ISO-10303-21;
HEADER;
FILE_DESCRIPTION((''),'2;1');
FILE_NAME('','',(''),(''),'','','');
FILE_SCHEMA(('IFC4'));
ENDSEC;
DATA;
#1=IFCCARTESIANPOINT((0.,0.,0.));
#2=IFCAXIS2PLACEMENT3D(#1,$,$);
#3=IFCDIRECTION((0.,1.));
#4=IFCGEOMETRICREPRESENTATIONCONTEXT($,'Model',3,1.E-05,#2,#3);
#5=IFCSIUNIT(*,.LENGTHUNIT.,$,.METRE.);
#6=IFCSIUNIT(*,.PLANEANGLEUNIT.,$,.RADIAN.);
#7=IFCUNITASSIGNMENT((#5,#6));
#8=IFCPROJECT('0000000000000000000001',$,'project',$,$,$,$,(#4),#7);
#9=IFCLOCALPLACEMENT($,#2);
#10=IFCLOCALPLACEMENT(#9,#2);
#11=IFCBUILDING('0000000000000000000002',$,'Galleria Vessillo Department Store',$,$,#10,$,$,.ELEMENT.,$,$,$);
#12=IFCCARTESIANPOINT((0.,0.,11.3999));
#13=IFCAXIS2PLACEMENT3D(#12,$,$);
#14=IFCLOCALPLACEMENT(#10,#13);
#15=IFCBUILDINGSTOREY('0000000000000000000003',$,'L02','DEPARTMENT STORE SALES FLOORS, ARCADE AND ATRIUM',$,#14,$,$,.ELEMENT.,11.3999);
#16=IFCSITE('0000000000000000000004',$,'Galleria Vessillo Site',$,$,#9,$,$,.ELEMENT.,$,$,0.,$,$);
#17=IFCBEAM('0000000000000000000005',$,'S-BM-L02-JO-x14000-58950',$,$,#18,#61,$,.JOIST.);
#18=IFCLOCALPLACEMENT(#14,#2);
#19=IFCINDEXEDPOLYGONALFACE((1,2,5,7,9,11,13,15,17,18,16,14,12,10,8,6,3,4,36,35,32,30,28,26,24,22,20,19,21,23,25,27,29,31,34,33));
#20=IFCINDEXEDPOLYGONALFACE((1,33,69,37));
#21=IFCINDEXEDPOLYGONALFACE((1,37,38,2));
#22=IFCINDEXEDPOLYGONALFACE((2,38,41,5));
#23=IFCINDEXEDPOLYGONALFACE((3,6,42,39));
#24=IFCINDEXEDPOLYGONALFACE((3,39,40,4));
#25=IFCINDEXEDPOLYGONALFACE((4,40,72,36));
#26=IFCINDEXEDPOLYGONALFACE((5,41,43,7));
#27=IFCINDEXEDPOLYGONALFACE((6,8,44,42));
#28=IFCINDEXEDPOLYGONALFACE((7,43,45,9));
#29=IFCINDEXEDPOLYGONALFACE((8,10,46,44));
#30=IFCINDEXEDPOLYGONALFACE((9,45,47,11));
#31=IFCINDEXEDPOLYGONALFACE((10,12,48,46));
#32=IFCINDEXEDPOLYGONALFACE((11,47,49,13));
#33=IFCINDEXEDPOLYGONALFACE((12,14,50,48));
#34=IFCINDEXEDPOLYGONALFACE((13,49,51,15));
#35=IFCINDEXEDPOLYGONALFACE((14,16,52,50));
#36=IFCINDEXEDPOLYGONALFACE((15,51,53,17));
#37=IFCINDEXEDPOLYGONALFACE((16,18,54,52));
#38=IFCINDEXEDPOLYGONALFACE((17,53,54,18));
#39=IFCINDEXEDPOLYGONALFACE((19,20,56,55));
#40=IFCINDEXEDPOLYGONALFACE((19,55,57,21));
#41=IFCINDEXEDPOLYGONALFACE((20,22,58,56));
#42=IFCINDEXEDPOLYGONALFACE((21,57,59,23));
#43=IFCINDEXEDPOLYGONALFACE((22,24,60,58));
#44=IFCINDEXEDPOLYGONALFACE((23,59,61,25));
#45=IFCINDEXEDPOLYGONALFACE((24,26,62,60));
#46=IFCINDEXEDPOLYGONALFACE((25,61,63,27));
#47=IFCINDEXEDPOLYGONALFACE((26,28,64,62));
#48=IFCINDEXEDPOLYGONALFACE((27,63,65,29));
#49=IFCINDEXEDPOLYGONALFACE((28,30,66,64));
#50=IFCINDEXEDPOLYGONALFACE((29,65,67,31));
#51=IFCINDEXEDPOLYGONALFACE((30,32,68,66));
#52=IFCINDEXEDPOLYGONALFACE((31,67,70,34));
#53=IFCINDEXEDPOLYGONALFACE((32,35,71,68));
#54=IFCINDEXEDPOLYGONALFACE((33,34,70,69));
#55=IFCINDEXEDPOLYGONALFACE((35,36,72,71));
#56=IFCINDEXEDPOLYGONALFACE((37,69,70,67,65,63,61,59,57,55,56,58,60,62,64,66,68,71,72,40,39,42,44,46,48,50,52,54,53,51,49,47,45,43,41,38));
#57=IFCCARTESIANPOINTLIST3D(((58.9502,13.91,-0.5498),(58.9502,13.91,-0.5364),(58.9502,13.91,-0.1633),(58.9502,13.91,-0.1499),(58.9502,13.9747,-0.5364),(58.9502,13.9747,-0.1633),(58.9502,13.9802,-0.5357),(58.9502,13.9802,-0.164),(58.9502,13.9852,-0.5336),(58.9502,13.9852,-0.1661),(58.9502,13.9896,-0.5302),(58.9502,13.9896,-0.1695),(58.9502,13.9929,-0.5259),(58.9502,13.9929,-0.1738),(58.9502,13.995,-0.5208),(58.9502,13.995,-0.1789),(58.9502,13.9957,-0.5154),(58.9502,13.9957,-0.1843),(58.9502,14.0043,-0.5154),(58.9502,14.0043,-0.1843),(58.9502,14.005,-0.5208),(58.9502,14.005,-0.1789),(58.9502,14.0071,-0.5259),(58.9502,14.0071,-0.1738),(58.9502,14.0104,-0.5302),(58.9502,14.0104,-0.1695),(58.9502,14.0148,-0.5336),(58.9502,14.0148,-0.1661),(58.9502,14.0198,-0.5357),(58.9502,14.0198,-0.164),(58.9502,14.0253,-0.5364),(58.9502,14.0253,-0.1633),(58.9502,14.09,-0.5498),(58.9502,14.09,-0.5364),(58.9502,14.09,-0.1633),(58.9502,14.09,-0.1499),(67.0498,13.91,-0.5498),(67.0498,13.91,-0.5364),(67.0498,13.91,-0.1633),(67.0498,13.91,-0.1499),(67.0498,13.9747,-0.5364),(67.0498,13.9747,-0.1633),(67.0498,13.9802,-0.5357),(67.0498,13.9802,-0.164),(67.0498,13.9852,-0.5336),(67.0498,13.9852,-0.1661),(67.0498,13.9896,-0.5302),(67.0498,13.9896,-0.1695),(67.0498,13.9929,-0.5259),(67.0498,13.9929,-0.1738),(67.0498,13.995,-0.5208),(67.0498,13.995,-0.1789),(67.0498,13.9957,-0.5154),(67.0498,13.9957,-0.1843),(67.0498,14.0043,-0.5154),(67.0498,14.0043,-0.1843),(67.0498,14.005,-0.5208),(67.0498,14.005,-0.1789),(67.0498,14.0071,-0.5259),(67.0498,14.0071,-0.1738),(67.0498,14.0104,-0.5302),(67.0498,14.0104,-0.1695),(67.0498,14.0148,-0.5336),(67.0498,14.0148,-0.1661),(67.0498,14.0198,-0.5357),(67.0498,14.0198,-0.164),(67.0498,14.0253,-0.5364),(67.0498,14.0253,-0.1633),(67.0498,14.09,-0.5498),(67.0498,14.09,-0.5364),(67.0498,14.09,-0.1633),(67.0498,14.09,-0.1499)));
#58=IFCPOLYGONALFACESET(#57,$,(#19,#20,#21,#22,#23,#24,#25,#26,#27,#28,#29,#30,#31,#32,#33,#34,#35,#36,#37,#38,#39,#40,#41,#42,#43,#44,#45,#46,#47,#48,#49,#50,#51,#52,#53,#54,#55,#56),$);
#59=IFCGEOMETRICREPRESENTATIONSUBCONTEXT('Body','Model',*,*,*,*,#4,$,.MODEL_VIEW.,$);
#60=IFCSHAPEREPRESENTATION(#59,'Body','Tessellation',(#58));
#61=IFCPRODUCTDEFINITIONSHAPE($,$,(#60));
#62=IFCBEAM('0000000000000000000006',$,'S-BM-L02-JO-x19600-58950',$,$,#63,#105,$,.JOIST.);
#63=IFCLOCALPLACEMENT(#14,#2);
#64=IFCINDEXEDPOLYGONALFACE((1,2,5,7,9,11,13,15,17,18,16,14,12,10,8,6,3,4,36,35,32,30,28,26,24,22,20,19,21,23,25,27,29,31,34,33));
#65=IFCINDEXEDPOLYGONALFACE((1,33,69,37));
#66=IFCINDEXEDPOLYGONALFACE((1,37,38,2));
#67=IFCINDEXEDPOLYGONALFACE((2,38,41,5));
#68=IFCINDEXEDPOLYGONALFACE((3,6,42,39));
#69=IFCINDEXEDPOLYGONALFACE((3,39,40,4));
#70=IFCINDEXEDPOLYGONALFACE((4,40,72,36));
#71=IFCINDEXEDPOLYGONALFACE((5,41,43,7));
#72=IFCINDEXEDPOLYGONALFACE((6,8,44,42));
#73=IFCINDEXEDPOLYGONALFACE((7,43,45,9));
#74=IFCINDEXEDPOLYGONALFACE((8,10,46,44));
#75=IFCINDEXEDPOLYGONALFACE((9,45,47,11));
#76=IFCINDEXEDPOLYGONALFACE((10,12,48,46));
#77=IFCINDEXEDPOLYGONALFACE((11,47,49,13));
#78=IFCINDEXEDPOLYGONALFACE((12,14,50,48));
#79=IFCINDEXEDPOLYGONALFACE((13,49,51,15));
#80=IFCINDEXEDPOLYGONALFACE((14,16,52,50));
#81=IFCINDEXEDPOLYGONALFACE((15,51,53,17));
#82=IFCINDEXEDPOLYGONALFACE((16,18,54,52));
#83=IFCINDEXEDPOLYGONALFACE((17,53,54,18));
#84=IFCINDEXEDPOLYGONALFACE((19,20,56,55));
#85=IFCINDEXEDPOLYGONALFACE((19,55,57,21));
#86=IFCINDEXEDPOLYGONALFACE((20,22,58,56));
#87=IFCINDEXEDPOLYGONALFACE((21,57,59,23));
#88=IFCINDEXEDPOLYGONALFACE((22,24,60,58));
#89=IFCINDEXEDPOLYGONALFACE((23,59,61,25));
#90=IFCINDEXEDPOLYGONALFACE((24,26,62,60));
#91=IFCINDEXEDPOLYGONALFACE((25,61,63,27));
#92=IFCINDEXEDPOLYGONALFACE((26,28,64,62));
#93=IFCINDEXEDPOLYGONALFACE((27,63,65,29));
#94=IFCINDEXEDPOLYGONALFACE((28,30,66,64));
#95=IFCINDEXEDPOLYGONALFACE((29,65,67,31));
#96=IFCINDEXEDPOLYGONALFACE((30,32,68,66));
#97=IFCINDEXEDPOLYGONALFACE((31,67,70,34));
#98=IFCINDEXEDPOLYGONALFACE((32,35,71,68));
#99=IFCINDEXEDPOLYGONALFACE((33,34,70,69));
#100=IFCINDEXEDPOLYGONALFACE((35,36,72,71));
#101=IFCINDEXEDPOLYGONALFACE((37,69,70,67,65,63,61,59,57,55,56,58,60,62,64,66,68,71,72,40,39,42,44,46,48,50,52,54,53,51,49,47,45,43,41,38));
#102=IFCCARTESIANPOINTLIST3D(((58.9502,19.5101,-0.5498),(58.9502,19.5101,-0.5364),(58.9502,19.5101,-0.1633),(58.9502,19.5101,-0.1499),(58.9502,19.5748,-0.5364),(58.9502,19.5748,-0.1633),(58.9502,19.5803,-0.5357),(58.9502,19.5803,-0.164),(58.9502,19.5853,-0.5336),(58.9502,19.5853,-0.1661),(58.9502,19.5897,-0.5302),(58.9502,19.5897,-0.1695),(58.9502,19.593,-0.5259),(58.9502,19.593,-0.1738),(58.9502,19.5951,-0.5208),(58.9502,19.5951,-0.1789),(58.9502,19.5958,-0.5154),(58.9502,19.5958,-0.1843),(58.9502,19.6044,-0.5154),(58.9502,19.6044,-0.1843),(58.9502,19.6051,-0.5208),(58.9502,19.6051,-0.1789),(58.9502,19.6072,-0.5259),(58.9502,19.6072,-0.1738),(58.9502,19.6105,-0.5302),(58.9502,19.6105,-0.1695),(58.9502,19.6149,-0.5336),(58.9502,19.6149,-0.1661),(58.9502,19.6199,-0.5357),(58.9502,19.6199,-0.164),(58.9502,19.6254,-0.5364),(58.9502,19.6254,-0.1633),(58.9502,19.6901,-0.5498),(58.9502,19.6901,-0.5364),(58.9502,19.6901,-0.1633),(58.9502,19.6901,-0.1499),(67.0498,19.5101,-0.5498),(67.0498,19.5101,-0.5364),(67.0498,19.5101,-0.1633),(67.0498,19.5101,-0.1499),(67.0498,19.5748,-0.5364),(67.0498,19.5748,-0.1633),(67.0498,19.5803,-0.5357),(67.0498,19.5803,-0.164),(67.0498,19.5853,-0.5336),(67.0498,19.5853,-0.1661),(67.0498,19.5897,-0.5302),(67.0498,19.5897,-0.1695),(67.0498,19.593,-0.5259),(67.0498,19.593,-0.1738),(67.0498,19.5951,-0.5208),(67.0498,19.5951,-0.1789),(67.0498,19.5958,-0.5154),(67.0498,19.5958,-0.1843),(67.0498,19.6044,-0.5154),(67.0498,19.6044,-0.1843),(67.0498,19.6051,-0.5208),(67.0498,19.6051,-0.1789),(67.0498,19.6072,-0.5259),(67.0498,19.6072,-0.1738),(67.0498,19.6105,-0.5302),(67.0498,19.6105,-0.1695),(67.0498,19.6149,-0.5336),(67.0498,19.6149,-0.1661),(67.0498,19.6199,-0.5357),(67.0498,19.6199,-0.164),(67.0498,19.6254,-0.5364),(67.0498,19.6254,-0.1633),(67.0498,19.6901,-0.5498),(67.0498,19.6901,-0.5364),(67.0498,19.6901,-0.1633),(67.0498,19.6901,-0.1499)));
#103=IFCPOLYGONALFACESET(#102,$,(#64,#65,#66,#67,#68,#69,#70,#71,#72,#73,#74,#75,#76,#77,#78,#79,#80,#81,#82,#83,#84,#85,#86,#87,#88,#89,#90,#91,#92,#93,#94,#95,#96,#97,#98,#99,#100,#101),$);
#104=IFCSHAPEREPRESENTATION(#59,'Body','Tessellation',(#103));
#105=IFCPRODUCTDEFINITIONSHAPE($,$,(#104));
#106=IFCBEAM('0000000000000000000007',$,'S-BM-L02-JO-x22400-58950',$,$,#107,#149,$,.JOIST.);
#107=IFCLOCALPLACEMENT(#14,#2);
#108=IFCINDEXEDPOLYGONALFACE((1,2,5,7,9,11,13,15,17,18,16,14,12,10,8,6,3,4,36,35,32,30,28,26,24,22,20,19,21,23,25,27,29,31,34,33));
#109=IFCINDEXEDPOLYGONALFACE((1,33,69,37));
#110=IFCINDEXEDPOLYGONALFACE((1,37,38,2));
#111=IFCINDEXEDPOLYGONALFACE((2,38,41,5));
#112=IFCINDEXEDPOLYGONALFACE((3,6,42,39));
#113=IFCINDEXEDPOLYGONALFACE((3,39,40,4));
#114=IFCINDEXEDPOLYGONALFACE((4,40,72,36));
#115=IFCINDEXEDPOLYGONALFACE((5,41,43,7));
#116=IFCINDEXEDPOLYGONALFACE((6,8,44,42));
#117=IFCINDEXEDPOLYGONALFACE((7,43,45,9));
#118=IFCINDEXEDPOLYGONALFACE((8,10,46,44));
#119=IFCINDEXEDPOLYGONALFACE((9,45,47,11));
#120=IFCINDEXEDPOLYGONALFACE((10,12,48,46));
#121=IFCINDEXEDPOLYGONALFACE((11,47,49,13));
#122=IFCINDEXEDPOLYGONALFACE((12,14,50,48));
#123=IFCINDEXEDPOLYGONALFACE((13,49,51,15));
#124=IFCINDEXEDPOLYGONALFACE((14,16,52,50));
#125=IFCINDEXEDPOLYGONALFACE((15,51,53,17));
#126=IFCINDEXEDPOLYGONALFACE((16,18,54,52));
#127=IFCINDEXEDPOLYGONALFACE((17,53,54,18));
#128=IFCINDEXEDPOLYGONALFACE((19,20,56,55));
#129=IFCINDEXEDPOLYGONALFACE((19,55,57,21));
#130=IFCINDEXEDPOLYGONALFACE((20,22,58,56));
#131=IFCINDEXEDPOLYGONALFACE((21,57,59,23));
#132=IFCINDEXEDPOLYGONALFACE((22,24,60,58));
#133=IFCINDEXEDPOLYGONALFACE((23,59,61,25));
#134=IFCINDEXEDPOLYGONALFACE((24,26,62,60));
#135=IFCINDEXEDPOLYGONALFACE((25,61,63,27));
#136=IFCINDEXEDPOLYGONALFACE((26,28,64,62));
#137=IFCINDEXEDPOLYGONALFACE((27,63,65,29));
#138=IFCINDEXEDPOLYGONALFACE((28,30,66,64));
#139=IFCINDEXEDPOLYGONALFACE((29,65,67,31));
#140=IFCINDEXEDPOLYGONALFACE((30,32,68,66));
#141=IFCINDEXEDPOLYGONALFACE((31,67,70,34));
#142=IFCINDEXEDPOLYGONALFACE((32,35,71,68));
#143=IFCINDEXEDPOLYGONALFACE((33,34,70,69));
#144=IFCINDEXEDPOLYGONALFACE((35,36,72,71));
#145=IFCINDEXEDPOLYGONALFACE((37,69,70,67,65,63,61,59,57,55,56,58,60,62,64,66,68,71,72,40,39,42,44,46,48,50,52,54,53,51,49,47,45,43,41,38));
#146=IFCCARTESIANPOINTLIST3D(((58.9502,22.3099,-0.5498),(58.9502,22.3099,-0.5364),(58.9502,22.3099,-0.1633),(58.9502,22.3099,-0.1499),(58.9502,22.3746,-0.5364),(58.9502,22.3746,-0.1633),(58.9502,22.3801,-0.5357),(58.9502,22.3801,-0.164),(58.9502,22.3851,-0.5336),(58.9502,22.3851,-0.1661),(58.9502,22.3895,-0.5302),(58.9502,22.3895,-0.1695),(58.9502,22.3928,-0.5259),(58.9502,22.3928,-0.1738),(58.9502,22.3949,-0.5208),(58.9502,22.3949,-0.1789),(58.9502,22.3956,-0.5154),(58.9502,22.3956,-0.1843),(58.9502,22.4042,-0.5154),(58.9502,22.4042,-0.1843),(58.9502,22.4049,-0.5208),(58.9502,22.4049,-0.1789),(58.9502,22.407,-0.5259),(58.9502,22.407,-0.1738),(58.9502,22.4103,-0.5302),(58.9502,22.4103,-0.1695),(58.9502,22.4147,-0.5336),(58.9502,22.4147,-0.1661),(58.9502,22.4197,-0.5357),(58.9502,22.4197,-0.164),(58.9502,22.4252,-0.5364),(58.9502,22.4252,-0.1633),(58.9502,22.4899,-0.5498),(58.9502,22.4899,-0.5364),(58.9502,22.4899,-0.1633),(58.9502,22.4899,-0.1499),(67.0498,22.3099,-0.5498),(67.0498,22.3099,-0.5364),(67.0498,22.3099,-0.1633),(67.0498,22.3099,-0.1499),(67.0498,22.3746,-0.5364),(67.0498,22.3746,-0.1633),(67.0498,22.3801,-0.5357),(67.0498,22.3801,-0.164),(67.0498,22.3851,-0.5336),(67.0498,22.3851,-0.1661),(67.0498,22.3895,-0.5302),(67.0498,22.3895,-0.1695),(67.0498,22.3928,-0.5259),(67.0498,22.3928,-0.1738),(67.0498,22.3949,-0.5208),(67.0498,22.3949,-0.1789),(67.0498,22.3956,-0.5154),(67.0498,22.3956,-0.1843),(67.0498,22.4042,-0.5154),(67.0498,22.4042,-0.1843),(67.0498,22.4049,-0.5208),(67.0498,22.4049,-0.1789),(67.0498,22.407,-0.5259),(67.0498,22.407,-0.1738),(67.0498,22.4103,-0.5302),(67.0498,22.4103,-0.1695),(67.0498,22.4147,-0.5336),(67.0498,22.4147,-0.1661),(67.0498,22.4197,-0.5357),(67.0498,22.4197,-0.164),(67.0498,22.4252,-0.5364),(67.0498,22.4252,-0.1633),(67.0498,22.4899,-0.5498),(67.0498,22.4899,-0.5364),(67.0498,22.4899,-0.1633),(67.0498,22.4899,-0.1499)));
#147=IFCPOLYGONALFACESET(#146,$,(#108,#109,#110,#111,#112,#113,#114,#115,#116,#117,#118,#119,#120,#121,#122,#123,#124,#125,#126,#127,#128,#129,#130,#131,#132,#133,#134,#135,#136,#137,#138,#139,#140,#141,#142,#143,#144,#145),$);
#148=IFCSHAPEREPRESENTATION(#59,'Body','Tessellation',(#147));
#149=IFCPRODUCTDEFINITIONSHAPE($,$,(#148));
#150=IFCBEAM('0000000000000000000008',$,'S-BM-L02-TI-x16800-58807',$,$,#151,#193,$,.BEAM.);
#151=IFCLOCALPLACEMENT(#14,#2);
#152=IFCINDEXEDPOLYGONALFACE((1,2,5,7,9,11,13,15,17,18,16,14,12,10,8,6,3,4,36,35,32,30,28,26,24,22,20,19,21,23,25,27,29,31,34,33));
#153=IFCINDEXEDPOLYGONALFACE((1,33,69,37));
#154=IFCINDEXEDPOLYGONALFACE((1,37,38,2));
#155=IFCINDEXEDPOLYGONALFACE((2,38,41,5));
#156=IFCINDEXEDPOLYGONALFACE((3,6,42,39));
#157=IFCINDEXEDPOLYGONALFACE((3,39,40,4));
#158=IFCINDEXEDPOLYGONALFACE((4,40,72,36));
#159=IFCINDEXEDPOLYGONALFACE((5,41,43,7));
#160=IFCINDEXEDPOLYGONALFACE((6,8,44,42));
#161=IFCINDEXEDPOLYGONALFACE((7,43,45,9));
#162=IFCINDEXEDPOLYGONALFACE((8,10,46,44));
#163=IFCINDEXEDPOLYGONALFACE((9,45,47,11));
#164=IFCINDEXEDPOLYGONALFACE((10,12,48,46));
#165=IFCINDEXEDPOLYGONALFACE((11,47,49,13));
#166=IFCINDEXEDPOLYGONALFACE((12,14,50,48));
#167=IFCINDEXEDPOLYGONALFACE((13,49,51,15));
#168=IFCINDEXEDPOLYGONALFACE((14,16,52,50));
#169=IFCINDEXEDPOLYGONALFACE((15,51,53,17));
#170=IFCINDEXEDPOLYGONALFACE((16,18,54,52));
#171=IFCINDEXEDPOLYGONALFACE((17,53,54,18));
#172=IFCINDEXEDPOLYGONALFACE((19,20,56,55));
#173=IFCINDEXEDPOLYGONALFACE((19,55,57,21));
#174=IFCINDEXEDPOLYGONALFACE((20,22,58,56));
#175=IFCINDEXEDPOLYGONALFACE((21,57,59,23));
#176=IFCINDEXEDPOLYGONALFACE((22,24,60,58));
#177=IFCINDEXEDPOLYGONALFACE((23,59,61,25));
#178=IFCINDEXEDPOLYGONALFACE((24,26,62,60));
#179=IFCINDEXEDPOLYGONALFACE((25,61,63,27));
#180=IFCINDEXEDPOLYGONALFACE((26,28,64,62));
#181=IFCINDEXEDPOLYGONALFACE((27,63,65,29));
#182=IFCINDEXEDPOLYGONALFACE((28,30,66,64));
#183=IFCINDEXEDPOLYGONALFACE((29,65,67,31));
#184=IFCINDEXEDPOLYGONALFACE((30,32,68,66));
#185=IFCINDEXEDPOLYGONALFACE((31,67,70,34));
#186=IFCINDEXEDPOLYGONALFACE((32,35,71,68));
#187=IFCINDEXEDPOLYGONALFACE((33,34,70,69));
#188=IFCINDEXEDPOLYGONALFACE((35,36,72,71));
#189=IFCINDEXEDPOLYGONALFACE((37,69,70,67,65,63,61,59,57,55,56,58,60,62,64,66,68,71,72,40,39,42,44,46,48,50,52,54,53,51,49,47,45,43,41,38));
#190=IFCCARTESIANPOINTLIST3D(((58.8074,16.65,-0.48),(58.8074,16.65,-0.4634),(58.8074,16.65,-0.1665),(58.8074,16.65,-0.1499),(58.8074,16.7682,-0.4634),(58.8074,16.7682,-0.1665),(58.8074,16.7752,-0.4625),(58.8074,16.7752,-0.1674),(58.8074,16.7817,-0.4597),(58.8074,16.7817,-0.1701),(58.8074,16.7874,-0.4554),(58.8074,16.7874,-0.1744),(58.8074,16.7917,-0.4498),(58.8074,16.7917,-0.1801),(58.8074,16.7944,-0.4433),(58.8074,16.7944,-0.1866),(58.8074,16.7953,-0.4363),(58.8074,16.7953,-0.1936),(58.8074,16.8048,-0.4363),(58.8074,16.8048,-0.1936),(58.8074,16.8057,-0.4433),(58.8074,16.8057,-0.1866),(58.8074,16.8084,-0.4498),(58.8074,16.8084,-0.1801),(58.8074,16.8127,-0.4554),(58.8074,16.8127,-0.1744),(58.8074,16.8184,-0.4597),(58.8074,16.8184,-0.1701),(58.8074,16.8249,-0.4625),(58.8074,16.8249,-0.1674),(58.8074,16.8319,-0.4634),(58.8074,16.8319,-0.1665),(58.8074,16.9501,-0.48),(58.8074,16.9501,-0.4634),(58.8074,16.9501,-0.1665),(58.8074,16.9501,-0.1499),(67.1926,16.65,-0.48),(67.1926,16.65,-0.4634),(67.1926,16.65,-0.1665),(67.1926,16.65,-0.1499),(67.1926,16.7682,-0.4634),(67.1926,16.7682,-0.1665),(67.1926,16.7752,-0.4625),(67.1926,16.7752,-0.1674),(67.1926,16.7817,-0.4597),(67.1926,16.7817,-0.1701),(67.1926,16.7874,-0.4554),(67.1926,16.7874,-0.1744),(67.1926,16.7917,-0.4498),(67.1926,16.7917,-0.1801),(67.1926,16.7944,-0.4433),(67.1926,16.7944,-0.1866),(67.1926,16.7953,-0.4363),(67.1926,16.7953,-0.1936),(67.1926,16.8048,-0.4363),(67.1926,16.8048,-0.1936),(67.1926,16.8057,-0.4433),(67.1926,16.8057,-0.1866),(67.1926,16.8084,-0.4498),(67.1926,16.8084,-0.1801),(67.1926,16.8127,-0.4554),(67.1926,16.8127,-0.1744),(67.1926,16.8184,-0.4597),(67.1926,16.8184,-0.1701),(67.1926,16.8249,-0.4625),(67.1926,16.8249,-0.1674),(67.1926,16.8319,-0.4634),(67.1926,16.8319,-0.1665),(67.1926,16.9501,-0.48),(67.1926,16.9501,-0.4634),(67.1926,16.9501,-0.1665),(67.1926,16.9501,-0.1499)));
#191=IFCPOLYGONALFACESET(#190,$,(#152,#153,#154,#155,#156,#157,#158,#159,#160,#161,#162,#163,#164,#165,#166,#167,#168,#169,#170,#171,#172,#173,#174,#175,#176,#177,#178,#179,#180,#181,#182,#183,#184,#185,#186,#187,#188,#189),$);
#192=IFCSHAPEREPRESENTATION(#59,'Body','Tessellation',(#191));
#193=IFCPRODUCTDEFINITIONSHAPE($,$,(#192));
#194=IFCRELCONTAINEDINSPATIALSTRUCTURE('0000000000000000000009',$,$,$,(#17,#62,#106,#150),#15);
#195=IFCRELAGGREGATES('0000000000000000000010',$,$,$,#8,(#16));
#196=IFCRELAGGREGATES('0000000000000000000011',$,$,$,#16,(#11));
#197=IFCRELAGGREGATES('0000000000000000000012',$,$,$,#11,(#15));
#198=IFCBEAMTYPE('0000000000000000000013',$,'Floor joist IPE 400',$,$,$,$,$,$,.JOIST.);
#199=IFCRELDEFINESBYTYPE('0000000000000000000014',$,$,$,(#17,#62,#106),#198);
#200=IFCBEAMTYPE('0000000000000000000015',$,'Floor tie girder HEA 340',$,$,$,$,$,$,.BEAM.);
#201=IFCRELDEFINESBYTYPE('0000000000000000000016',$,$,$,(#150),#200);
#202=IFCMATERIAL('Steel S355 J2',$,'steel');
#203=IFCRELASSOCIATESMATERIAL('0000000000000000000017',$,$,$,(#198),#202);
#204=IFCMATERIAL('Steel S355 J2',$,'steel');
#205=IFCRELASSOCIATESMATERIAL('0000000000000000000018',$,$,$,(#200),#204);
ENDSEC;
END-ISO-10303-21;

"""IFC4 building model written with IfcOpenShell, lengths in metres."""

from ifc_helpers import new_model, si_unit, direction, frame, origin, origin_2d, place, context, subcontext, project, spatial, i_section, extrude, material, material_profile, profile_set, type_object, element, save


model = new_model("IFC4")

# Units and contexts
model_context = context("Model", 3, precision=1e-05, world=origin(), true_north=direction((0.0, 1.0)))
body_context = subcontext(model_context, "Body", "Model", "MODEL_VIEW")
ifc_project = project(units=[si_unit("LENGTHUNIT", "METRE"), si_unit("PLANEANGLEUNIT", "RADIAN")], contexts=[model_context])

# Site, building, storey
site_placement = place(None, origin())
site = spatial("IfcSite", under=ifc_project, at=site_placement, Name="Galleria Vessillo Site", CompositionType="ELEMENT", RefElevation=0.0)
building_placement = place(site_placement, origin())
building = spatial("IfcBuilding", under=site, at=building_placement, Name="Galleria Vessillo Department Store", CompositionType="ELEMENT")
storey_placement = place(building_placement, frame((0.0, 0.0, 11.3999)))
storey = spatial("IfcBuildingStorey", under=building, at=storey_placement, Name="L02", Description="DEPARTMENT STORE SALES FLOORS, ARCADE AND ATRIUM", CompositionType="ELEMENT", Elevation=11.3999)

# Beams
ifc_material_1 = material(Name="Steel S355 J2", Category="steel")
ifc_material_profile_1 = material_profile(ifc_material_1, i_section(OverallWidth=0.1799, OverallDepth=0.3999, WebThickness=0.0085, FlangeThickness=0.0134, FilletRadius=0.021, at=origin_2d()), Name="IPE 400")
ifc_profile_set_1 = profile_set([ifc_material_profile_1], Name="Steel S355 J2")
beam_type_1 = type_object("IfcBeamType", Name="Floor joist IPE 400", PredefinedType="JOIST", material=ifc_profile_set_1)
for number, where, z_axis, x_axis, name in (
    (1, (58.9502, 14.0, -0.3499), (1.0, 0.0, 0.0), (0.0, 1.0, 0.0), "S-BM-L02-JO-x14000-58950"),
    (2, (58.9502, 19.6001, -0.3499), (1.0, 0.0, 0.0), (0.0, 1.0, 0.0), "S-BM-L02-JO-x19600-58950"),
    (3, (58.9502, 22.3999, -0.3499), (1.0, 0.0, 0.0), (0.0, 1.0, 0.0), "S-BM-L02-JO-x22400-58950"),
):
    element("IfcBeam", number, at=place(storey_placement, frame(where, z_axis=z_axis, x_axis=x_axis)), inside=storey, type_object=beam_type_1, Name=name, PredefinedType="JOIST", context=body_context, shape_type="SweptSolid", body=[
        extrude(i_section(OverallWidth=0.1799, OverallDepth=0.3999, WebThickness=0.0085, FlangeThickness=0.0134, FilletRadius=0.021, at=origin_2d()), origin(), (0.0, 0.0, 1.0), 8.0996),
    ])
ifc_material_2 = material(Name="Steel S355 J2", Category="steel")
ifc_material_profile_2 = material_profile(ifc_material_2, i_section(OverallWidth=0.3, OverallDepth=0.3301, WebThickness=0.0095, FlangeThickness=0.0166, FilletRadius=0.0271, at=origin_2d()), Name="HEA 340")
ifc_profile_set_2 = profile_set([ifc_material_profile_2], Name="Steel S355 J2")
beam_type_2 = type_object("IfcBeamType", Name="Floor tie girder HEA 340", PredefinedType="BEAM", material=ifc_profile_set_2)
beam_1_placement = place(storey_placement, frame((58.8074, 16.8, -0.3149), z_axis=(1.0, 0.0, 0.0), x_axis=(0.0, 1.0, 0.0)))
element("IfcBeam", 4, at=beam_1_placement, inside=storey, type_object=beam_type_2, Name="S-BM-L02-TI-x16800-58807", PredefinedType="BEAM", context=body_context, shape_type="SweptSolid", body=[
    extrude(i_section(OverallWidth=0.3, OverallDepth=0.3301, WebThickness=0.0095, FlangeThickness=0.0166, FilletRadius=0.0271, at=origin_2d()), origin(), (0.0, 0.0, 1.0), 8.3853),
])

save(model, "model.ifc")
